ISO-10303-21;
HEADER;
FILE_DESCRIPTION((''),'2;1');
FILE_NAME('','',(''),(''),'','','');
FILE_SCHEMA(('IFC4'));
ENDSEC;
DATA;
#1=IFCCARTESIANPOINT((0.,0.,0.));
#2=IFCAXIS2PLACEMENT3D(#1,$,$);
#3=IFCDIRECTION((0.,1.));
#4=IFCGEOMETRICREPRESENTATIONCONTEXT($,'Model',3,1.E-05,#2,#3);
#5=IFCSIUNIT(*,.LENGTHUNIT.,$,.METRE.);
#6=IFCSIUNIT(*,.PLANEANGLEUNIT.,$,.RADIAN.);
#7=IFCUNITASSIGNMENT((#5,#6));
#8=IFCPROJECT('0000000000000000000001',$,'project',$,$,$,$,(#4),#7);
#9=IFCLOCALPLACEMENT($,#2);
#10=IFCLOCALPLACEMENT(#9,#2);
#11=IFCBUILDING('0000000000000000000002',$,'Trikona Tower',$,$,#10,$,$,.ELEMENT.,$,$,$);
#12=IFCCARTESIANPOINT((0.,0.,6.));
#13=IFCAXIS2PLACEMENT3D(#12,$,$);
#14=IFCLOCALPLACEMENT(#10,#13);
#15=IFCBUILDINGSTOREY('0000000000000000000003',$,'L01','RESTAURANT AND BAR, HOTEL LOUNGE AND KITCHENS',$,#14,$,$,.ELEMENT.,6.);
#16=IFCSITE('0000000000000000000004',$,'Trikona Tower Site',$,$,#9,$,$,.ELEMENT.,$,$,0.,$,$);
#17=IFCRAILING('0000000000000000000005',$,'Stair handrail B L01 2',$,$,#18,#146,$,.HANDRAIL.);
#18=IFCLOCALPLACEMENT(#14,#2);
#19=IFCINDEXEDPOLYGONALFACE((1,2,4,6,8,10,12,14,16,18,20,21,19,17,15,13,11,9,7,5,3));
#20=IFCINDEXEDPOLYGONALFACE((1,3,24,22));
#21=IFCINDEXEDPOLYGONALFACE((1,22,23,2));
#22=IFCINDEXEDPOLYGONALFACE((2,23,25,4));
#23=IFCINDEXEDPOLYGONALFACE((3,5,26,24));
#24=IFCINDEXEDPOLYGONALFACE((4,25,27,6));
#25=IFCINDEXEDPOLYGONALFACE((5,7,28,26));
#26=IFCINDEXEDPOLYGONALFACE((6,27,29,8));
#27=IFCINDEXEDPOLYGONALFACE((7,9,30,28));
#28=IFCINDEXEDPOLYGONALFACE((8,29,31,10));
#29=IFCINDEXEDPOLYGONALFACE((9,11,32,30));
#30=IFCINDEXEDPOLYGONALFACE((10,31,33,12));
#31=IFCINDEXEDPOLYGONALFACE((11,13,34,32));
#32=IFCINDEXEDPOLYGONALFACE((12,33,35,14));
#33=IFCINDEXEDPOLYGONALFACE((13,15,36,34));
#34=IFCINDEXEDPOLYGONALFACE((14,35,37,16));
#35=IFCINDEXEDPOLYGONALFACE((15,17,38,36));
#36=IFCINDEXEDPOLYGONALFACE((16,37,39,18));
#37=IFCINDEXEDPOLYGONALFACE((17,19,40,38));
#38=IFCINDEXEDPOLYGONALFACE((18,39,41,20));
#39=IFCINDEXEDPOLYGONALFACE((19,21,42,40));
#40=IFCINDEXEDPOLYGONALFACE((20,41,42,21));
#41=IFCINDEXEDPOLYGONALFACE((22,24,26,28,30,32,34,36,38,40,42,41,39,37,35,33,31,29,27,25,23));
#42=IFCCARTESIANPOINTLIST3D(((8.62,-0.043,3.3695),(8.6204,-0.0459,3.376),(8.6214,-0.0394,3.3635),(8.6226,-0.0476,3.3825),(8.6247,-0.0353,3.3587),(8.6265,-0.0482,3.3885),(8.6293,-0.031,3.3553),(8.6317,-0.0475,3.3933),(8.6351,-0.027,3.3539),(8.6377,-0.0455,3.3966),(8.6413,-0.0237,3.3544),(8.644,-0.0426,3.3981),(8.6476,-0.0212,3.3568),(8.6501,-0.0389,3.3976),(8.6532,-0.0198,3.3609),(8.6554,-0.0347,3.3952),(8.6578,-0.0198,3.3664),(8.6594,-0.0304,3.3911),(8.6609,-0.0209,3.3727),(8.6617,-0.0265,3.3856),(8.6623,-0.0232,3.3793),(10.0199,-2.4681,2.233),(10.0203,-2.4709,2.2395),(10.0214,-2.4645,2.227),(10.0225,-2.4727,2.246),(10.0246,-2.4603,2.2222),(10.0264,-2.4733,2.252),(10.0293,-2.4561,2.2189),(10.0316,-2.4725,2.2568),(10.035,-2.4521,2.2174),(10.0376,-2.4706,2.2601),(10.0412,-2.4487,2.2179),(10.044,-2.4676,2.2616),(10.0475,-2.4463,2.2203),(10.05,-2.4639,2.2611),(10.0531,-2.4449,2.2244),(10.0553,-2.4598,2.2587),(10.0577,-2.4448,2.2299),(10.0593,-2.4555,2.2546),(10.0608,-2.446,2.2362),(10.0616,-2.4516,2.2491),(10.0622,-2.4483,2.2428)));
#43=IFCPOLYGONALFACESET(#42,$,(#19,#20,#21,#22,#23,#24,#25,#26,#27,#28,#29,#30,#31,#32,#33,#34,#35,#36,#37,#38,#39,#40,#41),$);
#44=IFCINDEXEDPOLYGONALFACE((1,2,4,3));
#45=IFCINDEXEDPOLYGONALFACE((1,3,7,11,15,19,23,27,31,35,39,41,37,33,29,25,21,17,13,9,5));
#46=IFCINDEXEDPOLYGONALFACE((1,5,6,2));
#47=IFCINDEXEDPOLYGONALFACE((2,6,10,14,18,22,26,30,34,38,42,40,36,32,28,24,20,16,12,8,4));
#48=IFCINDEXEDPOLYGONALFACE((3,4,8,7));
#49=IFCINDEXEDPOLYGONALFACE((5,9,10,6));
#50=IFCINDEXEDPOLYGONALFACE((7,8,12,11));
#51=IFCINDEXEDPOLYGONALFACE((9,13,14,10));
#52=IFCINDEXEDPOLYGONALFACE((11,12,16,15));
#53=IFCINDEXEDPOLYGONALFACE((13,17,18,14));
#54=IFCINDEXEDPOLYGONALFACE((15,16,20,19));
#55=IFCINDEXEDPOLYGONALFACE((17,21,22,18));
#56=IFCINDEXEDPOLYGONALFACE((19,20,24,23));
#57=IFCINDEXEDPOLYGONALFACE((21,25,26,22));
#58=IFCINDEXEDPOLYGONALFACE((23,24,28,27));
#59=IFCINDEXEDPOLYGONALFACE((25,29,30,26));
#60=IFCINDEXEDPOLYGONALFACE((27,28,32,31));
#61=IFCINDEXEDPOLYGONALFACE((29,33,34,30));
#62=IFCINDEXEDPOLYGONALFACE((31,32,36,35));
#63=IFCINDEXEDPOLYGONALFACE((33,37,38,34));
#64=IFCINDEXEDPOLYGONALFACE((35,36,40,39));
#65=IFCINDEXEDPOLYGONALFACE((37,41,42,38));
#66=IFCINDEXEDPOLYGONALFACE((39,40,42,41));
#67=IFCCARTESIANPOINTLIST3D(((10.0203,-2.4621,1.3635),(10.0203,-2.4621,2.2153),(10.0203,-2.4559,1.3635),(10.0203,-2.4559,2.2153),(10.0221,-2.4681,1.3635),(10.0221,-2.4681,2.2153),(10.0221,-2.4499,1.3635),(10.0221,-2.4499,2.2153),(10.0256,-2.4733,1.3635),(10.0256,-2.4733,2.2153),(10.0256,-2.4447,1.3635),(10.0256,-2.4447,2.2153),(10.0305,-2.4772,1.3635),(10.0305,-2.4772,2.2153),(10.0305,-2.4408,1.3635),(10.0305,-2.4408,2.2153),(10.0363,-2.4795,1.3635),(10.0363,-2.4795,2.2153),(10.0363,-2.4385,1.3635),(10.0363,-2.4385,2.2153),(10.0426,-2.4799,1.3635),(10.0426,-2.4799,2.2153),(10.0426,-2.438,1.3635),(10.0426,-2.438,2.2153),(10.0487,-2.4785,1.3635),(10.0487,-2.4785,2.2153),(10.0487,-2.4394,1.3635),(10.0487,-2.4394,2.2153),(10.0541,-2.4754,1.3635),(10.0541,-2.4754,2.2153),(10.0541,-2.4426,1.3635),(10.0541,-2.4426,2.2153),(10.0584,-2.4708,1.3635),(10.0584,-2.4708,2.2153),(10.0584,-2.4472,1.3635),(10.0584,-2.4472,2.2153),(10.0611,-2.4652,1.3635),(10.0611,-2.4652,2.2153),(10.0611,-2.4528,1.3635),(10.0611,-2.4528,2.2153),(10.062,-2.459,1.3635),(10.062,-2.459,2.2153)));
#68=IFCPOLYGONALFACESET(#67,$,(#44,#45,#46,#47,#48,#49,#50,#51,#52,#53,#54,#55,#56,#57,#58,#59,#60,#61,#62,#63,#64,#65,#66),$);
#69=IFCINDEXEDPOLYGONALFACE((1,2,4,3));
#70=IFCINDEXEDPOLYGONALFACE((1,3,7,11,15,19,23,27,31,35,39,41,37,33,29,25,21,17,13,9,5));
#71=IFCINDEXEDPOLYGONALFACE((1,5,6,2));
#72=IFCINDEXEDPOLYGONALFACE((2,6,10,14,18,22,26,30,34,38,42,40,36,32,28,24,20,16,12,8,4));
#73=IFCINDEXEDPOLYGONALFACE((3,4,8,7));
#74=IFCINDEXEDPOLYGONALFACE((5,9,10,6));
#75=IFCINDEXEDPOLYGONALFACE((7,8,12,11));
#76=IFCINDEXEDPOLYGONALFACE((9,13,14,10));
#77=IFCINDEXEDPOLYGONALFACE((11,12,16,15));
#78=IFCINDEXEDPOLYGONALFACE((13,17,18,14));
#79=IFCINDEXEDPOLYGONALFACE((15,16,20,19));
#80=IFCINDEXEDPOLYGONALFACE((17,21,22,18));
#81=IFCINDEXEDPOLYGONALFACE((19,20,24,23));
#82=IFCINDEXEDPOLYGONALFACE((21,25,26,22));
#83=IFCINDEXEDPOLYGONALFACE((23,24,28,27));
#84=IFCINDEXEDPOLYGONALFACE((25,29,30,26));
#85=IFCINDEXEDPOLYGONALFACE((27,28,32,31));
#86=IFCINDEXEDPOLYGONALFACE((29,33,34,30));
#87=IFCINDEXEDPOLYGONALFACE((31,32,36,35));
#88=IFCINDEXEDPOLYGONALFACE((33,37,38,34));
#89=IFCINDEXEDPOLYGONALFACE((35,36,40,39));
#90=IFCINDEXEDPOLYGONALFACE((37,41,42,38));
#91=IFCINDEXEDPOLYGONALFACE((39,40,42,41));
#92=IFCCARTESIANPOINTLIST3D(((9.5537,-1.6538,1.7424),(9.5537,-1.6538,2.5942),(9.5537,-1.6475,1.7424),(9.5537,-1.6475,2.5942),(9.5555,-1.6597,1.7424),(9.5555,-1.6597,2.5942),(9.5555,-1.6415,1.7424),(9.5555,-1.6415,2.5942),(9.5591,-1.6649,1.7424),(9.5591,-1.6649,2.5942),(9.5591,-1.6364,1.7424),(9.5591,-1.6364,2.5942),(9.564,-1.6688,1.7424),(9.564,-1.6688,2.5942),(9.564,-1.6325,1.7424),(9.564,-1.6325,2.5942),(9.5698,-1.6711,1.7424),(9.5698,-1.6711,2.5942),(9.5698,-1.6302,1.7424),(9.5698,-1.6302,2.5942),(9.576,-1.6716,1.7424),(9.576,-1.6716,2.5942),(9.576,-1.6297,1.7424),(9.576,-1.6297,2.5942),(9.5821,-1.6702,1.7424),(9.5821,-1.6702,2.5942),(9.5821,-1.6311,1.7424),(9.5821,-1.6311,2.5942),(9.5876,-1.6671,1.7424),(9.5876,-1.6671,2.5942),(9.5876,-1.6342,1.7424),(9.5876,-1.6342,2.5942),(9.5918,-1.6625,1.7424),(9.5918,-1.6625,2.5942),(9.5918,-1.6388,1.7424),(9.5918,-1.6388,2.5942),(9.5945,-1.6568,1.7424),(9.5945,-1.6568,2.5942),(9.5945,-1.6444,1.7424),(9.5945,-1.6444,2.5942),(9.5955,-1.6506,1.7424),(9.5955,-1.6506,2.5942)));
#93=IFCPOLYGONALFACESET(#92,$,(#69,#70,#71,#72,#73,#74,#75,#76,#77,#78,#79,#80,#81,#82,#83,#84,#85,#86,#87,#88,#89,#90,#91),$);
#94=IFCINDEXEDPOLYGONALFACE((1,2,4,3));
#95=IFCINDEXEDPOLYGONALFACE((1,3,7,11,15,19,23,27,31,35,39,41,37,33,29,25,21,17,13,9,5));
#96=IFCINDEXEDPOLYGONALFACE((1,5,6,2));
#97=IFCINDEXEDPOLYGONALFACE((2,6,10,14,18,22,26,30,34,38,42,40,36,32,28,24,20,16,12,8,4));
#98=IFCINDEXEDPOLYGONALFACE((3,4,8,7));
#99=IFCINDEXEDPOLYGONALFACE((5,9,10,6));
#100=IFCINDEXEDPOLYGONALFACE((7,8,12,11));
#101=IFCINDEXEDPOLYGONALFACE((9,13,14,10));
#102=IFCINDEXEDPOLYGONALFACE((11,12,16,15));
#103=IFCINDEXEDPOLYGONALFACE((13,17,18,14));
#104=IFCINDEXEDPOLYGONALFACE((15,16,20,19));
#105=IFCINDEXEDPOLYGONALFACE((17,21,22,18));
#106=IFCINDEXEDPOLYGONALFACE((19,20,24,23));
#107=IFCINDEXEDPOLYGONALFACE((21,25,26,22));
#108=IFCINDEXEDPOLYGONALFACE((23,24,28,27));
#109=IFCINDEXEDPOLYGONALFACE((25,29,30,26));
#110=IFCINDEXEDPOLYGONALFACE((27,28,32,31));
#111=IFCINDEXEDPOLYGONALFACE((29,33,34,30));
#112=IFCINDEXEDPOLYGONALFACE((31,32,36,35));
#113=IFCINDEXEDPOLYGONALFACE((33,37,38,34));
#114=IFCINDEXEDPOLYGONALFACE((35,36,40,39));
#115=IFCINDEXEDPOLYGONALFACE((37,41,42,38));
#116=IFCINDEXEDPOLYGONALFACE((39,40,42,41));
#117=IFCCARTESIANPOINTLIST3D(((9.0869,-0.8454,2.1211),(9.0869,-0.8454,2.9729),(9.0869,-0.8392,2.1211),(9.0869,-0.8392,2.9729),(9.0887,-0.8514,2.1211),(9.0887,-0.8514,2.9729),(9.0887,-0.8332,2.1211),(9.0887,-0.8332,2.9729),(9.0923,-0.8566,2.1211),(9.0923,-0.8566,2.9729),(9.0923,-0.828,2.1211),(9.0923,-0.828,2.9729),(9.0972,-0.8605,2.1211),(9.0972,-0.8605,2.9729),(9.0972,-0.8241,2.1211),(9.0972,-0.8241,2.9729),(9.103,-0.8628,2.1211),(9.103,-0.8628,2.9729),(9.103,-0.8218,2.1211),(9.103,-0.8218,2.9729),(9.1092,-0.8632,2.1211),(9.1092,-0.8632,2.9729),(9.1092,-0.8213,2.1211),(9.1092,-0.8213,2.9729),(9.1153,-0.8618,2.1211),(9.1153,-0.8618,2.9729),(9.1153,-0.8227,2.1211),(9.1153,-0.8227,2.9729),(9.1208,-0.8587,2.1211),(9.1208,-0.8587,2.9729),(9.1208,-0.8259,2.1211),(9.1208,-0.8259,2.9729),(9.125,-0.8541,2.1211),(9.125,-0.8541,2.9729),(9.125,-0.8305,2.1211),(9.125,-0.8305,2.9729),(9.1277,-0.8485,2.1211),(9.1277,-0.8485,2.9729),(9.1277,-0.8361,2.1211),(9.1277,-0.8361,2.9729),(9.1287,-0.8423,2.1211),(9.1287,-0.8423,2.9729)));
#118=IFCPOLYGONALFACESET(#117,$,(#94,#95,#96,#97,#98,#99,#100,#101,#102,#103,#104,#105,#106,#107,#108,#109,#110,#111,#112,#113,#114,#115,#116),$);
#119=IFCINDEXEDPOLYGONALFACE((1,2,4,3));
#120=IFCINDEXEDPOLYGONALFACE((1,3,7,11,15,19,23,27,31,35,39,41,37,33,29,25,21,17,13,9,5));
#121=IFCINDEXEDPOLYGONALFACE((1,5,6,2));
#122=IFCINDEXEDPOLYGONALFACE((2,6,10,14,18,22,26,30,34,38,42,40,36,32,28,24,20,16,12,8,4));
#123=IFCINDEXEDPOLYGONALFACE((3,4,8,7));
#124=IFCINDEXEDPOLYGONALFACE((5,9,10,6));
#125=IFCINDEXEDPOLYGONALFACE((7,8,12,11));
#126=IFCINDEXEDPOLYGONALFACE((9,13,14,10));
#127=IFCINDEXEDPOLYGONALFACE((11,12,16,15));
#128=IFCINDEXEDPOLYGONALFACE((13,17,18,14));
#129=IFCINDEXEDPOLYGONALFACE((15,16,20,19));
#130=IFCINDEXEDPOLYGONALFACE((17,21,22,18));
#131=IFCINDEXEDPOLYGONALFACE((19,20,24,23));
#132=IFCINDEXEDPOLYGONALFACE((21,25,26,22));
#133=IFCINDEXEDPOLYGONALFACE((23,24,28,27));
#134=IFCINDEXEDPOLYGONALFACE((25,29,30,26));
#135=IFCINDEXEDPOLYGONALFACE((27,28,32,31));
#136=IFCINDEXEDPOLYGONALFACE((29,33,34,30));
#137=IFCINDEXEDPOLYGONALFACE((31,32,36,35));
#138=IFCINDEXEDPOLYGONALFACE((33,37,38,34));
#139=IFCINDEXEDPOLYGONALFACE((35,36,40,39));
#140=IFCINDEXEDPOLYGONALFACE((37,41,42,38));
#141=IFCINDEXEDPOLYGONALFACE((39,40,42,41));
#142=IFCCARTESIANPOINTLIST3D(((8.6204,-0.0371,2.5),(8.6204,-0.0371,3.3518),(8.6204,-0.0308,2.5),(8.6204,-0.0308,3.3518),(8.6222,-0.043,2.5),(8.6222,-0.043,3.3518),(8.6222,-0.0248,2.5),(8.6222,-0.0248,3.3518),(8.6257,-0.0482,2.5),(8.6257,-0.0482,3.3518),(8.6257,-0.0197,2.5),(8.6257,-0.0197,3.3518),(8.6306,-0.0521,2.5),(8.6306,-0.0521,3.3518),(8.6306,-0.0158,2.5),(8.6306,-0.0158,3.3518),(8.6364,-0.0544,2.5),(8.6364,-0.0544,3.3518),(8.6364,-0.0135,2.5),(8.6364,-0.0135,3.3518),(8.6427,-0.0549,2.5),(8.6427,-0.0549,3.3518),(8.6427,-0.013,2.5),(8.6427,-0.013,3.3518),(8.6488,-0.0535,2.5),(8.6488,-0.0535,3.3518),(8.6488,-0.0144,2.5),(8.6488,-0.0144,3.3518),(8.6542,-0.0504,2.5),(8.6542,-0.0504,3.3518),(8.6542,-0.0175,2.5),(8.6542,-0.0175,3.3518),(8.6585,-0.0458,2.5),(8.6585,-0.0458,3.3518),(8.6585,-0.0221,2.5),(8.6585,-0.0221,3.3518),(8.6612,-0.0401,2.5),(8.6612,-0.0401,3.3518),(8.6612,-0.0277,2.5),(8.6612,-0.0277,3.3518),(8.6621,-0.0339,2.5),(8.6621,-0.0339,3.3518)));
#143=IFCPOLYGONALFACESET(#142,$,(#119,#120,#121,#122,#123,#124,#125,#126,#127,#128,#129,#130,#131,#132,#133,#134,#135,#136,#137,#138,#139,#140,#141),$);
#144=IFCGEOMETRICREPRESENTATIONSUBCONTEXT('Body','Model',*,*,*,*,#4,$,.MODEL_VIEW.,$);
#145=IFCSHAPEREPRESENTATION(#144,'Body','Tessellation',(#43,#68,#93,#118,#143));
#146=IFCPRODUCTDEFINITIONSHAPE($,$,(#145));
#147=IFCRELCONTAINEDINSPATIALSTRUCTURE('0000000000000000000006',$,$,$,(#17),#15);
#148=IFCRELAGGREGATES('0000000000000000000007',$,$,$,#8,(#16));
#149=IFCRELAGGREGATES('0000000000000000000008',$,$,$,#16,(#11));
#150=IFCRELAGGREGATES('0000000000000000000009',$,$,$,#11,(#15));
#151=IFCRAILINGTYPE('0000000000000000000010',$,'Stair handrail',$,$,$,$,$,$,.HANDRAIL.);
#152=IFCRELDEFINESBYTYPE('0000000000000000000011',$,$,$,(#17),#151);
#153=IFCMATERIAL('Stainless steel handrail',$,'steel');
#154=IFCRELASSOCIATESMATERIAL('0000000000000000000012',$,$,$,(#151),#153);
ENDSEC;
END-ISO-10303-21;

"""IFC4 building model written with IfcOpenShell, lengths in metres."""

from ifc_helpers import new_model, si_unit, direction, frame, origin, origin_2d, place, context, subcontext, project, spatial, circle, extrude, material, type_object, element, save


model = new_model("IFC4")

# Units and contexts
model_context = context("Model", 3, precision=1e-05, world=origin(), true_north=direction((0.0, 1.0)))
body_context = subcontext(model_context, "Body", "Model", "MODEL_VIEW")
ifc_project = project(units=[si_unit("LENGTHUNIT", "METRE"), si_unit("PLANEANGLEUNIT", "RADIAN")], contexts=[model_context])

# Site, building, storey
site_placement = place(None, origin())
site = spatial("IfcSite", under=ifc_project, at=site_placement, Name="Trikona Tower Site", CompositionType="ELEMENT", RefElevation=0.0)
building_placement = place(site_placement, origin())
building = spatial("IfcBuilding", under=site, at=building_placement, Name="Trikona Tower", CompositionType="ELEMENT")
storey_placement = place(building_placement, frame((0.0, 0.0, 6.0)))
storey = spatial("IfcBuildingStorey", under=building, at=storey_placement, Name="L01", Description="RESTAURANT AND BAR, HOTEL LOUNGE AND KITCHENS", CompositionType="ELEMENT", Elevation=6.0)

# Railing
ifc_material_1 = material(Name="Stainless steel handrail", Category="steel")
railing_type = type_object("IfcRailingType", Name="Stair handrail", PredefinedType="HANDRAIL", material=ifc_material_1)
for number, where, name in (
    (1, (10.041, -2.459, 1.3635), "Stair handrail B L01 2"),
):
    element("IfcRailing", number, at=place(storey_placement, frame(where)), inside=storey, type_object=railing_type, Name=name, PredefinedType="HANDRAIL", context=body_context, shape_type="SweptSolid", body=[
        extrude(circle(Radius=0.0239, at=origin_2d()), frame((0.0, 0.0, 0.876), z_axis=(-0.463245, 0.802479, 0.376074), x_axis=(-0.866056, -0.499946, 0.0)), (0.0, 0.0, 1.0), 3.022),
        extrude(circle(Radius=0.021, at=origin_2d()), origin(), (0.0, 0.0, 1.0), 0.8518),
        extrude(circle(Radius=0.021, at=origin_2d()), frame((-0.4666, 0.8083, 0.3789)), (0.0, 0.0, 1.0), 0.8518),
        extrude(circle(Radius=0.021, at=origin_2d()), frame((-0.9333, 1.6167, 0.7576)), (0.0, 0.0, 1.0), 0.8518),
        extrude(circle(Radius=0.021, at=origin_2d()), frame((-1.3999, 2.425, 1.1365)), (0.0, 0.0, 1.0), 0.8518),
    ])

save(model, "model.ifc")
